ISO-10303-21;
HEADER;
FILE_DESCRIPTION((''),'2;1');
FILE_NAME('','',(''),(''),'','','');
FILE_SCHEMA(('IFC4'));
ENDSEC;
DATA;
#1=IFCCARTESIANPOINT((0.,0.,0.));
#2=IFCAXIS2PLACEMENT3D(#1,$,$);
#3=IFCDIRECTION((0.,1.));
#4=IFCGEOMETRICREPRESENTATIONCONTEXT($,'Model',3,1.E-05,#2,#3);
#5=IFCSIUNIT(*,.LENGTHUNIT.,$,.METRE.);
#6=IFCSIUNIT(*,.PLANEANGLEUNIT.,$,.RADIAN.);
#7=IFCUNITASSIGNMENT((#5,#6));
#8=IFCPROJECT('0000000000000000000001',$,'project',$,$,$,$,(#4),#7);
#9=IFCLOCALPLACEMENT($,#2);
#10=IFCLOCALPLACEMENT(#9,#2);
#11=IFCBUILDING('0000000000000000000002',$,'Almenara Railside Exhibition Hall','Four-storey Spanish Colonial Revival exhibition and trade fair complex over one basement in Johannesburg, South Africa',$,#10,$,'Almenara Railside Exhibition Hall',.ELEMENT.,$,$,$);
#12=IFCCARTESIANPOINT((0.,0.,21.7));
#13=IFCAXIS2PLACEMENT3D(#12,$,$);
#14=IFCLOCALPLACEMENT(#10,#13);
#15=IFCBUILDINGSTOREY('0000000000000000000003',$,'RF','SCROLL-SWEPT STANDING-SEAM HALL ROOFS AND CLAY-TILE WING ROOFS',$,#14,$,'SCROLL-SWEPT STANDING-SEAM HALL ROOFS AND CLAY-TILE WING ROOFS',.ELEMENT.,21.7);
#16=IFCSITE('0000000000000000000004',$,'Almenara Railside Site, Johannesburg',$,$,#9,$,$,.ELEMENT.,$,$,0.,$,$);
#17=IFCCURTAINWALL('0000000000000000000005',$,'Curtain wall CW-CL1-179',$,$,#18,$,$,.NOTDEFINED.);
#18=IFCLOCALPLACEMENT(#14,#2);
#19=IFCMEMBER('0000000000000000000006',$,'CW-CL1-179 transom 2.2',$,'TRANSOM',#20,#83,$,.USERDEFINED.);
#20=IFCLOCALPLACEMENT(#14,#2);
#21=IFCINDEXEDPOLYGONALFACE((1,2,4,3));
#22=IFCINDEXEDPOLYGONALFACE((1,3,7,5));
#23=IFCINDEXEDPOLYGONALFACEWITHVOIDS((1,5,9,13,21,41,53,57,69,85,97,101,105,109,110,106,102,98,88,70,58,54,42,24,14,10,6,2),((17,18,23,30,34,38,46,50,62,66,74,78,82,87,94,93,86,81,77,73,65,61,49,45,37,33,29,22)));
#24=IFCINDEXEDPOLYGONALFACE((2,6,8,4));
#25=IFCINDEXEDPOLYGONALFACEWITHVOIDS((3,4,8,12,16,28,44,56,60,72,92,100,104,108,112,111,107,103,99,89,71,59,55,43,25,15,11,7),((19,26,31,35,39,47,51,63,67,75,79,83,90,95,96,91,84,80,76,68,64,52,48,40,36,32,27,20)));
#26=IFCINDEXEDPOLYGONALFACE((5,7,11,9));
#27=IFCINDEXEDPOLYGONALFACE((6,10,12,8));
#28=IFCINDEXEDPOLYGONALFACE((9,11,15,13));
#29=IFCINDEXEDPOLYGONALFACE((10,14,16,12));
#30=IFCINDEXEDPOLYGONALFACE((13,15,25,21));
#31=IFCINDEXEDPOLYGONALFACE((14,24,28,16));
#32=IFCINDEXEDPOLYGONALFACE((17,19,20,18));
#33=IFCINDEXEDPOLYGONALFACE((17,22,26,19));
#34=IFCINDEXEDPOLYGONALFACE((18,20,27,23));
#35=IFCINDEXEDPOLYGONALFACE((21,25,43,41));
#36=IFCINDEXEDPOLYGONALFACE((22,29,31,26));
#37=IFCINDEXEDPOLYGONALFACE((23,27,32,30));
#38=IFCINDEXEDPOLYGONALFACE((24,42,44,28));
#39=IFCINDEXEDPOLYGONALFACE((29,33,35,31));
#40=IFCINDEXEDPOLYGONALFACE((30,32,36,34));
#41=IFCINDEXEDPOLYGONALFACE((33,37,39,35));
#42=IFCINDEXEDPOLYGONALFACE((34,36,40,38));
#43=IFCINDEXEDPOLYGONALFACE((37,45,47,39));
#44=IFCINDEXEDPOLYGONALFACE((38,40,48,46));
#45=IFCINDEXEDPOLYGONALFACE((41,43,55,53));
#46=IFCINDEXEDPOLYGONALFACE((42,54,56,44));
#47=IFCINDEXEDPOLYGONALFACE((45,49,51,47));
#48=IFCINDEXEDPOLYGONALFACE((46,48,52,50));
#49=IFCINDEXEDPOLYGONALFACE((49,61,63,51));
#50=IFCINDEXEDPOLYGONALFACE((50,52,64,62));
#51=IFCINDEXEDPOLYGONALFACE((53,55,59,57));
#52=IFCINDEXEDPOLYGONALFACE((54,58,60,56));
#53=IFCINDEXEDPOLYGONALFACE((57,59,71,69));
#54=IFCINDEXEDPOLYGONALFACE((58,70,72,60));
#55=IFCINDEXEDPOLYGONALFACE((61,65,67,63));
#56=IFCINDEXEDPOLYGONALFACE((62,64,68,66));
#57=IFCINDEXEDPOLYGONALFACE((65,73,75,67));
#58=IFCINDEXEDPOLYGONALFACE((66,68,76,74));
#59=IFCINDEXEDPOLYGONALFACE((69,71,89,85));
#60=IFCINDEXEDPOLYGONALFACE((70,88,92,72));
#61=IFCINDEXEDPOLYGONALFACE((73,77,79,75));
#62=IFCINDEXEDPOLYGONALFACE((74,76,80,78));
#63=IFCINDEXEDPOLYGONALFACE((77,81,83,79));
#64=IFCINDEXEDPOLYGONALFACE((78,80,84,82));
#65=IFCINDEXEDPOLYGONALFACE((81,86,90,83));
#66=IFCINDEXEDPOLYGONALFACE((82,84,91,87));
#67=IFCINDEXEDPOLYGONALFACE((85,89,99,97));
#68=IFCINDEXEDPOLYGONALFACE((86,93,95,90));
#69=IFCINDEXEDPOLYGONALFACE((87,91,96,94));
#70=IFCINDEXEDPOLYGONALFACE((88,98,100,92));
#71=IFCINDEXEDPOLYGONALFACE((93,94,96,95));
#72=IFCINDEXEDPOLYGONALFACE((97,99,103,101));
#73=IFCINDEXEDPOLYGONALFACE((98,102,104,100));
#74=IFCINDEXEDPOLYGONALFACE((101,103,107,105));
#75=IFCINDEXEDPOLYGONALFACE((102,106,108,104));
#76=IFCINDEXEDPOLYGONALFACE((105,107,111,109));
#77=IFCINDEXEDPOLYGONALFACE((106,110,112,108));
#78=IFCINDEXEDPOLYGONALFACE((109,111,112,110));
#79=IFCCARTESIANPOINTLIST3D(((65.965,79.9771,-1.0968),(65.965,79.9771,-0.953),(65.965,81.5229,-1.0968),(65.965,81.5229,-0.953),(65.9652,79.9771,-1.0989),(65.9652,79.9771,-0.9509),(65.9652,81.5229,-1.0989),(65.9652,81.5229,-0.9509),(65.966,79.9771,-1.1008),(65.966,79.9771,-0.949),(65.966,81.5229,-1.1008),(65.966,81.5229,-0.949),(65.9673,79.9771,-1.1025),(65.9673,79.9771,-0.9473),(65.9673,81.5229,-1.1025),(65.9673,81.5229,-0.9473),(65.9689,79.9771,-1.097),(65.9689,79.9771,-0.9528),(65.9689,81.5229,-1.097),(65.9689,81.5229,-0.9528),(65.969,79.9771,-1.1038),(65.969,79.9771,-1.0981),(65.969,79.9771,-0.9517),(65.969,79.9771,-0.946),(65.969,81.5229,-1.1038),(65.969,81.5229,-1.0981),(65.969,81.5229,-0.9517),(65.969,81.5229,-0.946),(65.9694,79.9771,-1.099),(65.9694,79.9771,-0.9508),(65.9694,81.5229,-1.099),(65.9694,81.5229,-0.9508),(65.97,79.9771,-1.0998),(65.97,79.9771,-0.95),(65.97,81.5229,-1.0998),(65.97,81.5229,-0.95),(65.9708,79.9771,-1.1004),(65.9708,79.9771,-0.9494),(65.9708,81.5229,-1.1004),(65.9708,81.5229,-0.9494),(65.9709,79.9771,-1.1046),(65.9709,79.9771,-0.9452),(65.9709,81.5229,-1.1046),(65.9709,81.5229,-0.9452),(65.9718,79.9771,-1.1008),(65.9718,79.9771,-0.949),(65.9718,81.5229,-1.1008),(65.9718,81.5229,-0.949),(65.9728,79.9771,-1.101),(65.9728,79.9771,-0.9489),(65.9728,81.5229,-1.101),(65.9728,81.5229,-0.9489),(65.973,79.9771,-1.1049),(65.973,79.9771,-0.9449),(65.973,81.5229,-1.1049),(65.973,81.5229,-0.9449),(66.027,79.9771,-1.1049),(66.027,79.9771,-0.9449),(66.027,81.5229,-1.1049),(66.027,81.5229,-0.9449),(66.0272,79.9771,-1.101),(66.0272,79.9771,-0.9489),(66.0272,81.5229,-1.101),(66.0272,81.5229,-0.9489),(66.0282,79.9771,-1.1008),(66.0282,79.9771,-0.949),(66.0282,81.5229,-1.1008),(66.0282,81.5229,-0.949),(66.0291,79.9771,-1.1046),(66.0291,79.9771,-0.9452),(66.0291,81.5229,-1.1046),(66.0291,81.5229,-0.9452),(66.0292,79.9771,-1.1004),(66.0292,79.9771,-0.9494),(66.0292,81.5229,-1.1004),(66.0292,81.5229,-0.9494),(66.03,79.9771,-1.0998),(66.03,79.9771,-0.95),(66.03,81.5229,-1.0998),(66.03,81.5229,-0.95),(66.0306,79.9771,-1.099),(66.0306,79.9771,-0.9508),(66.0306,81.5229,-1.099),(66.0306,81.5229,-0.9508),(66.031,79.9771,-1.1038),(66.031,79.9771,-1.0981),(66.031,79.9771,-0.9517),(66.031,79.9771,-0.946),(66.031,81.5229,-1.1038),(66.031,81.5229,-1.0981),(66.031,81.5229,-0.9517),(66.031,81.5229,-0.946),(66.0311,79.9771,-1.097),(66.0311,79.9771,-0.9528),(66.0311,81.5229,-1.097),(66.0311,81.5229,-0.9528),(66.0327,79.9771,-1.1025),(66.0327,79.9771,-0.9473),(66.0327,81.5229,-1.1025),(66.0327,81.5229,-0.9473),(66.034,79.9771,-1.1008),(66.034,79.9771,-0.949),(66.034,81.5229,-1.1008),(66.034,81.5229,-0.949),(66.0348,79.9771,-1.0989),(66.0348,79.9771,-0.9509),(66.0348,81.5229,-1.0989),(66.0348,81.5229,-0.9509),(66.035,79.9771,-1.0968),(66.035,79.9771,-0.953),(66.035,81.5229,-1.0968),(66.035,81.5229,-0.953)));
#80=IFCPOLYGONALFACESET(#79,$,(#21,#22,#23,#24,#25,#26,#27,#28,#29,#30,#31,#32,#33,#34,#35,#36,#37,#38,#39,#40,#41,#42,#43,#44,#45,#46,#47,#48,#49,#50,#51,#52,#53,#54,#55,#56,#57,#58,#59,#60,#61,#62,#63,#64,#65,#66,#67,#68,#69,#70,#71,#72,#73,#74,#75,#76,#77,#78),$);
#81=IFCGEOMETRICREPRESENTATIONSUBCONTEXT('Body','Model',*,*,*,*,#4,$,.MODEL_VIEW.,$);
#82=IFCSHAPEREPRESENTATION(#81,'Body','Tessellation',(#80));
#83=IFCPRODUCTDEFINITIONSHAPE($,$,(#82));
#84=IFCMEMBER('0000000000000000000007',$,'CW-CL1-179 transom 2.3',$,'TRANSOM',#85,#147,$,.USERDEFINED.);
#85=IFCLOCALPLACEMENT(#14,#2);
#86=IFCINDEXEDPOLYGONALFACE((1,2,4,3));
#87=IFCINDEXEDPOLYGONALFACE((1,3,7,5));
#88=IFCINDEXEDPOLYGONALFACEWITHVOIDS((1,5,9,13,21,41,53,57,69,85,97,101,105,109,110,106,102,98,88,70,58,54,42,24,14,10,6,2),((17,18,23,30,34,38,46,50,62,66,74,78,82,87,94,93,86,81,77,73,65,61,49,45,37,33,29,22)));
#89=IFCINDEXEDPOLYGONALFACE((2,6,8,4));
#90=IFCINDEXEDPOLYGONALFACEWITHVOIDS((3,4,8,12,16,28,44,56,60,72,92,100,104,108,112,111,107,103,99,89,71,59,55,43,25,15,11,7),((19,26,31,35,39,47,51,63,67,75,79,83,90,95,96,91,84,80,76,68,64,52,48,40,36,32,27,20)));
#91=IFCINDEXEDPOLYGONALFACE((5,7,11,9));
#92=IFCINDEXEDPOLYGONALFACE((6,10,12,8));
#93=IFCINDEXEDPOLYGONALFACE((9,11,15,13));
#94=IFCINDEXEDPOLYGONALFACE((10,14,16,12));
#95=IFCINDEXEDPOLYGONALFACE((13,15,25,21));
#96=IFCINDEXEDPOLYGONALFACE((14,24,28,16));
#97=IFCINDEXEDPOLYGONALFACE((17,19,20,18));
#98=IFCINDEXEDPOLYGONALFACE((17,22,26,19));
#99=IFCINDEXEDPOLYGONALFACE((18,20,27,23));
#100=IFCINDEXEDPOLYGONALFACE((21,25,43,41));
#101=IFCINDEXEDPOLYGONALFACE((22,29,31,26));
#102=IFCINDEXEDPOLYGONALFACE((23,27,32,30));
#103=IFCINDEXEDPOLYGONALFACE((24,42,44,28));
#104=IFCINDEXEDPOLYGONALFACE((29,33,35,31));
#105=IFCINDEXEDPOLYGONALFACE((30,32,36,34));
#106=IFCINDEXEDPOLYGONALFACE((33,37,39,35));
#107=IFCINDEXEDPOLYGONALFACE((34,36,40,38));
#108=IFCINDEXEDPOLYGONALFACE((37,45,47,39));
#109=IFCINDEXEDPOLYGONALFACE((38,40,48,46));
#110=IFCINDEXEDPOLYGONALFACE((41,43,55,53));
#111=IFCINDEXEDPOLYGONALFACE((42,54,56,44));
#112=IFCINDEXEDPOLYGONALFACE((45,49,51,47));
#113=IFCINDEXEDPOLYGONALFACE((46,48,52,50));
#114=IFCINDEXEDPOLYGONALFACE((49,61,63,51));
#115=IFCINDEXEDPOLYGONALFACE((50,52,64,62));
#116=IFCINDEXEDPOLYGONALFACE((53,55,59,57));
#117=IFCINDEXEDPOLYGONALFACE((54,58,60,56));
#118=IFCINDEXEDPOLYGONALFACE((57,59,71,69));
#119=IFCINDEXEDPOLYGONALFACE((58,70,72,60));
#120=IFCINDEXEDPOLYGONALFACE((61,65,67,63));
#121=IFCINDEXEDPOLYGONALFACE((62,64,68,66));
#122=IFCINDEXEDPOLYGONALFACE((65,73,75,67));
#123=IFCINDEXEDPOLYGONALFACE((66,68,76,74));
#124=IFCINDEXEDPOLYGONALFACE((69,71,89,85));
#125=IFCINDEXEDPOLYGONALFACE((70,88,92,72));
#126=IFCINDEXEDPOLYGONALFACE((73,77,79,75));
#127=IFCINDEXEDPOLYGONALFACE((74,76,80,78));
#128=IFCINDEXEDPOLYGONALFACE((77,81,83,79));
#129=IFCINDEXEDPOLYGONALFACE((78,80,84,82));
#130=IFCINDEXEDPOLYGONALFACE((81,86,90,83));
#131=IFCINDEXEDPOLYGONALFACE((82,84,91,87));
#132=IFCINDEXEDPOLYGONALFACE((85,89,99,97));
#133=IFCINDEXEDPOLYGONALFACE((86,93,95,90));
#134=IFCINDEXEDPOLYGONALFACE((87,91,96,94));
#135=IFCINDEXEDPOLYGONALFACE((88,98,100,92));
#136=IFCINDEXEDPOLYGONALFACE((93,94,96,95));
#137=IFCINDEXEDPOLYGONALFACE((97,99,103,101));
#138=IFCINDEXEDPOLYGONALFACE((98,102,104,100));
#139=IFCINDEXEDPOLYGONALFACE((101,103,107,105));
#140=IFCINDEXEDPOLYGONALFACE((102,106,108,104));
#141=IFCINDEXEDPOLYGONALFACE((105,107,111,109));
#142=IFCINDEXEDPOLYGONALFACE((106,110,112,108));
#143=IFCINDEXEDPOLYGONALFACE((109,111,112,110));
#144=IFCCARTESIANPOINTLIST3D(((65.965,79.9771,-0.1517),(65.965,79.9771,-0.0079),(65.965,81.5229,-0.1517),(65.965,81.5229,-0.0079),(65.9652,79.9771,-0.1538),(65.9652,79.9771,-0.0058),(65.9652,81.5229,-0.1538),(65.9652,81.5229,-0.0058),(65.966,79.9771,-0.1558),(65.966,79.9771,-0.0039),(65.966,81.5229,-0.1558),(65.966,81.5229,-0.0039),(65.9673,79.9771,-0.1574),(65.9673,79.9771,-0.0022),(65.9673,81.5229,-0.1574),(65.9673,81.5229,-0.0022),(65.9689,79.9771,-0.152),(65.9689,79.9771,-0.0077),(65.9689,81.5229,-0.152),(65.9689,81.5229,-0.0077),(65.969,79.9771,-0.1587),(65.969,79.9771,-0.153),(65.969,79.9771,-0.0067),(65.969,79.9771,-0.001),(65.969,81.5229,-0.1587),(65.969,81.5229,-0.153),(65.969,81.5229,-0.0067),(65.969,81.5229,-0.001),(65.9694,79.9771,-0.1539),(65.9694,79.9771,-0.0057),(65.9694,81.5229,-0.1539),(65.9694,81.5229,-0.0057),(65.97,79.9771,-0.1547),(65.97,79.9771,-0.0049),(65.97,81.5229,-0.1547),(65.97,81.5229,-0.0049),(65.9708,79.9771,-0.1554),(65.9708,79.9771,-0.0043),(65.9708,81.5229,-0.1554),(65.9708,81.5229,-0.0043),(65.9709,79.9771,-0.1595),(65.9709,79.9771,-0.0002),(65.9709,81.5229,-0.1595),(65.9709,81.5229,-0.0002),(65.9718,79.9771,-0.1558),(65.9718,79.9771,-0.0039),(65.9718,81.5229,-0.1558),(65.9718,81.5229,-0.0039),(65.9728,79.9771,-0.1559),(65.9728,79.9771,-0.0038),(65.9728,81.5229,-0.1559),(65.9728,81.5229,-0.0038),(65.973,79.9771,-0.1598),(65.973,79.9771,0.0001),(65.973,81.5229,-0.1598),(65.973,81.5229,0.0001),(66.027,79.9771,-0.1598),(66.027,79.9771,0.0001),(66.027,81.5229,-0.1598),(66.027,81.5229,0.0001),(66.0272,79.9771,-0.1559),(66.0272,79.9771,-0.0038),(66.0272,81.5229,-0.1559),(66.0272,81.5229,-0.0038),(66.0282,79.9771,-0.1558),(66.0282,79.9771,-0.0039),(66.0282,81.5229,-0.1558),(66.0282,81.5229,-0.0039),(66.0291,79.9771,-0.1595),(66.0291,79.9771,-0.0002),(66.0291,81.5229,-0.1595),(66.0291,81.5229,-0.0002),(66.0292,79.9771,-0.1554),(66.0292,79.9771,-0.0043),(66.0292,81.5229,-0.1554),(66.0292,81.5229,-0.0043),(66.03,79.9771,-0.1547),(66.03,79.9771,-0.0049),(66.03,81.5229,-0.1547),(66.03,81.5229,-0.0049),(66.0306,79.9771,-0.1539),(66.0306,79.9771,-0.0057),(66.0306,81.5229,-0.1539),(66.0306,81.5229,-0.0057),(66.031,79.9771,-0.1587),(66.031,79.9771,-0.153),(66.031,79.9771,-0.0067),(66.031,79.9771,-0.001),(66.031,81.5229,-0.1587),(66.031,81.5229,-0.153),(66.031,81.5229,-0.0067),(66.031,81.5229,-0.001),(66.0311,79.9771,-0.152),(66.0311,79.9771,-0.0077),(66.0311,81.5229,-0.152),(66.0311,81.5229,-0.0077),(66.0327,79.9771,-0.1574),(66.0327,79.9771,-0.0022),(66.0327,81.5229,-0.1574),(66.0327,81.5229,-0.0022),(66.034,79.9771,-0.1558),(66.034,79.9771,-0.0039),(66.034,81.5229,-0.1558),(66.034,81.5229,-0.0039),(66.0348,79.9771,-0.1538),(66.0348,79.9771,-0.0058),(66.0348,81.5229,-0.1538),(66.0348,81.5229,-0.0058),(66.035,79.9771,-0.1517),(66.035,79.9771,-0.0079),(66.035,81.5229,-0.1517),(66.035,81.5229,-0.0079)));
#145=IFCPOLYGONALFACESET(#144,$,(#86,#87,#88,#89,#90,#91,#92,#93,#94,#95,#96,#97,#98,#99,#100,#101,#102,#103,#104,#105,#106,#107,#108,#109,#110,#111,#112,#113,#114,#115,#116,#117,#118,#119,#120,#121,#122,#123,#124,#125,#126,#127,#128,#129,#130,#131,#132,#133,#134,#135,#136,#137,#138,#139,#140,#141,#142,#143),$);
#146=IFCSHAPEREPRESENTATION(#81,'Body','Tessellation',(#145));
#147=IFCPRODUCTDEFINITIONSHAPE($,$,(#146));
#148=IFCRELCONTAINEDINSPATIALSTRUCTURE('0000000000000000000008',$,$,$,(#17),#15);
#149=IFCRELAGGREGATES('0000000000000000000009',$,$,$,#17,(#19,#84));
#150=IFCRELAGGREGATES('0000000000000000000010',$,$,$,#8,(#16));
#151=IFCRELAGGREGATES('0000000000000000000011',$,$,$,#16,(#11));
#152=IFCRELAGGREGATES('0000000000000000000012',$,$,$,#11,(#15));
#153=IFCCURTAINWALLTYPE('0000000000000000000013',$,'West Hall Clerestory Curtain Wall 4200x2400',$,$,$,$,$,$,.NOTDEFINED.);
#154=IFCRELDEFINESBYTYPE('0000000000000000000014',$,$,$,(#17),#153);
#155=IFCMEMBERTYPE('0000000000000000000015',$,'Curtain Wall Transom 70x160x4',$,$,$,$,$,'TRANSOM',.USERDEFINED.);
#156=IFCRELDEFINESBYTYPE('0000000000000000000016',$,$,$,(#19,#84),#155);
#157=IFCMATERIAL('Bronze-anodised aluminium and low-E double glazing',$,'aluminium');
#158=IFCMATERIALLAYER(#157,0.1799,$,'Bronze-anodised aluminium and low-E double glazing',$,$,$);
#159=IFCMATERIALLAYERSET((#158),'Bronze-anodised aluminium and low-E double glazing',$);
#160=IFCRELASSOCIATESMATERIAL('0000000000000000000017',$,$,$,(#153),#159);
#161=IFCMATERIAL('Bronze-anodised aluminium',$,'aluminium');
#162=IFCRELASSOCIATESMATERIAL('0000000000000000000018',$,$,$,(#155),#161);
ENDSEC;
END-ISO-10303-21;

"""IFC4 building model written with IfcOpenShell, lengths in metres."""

from ifc_helpers import new_model, si_unit, direction, frame, origin, origin_2d, place, context, subcontext, project, spatial, hollow_rectangle, extrude, material, layer, layer_set, material_profile, profile_set, type_object, element, aggregate, save


model = new_model("IFC4")

# Units and contexts
model_context = context("Model", 3, precision=1e-05, world=origin(), true_north=direction((0.0, 1.0)))
body_context = subcontext(model_context, "Body", "Model", "MODEL_VIEW")
ifc_project = project(units=[si_unit("LENGTHUNIT", "METRE"), si_unit("PLANEANGLEUNIT", "RADIAN")], contexts=[model_context])

# Site, building, storey
site_placement = place(None, origin())
site = spatial("IfcSite", under=ifc_project, at=site_placement, Name="Almenara Railside Site, Johannesburg", CompositionType="ELEMENT", RefElevation=0.0)
building_placement = place(site_placement, origin())
building = spatial("IfcBuilding", under=site, at=building_placement, Name="Almenara Railside Exhibition Hall", Description="Four-storey Spanish Colonial Revival exhibition and trade fair complex over one basement in Johannesburg, South Africa", LongName="Almenara Railside Exhibition Hall", CompositionType="ELEMENT")
storey_placement = place(building_placement, frame((0.0, 0.0, 21.7)))
storey = spatial("IfcBuildingStorey", under=building, at=storey_placement, Name="RF", Description="SCROLL-SWEPT STANDING-SEAM HALL ROOFS AND CLAY-TILE WING ROOFS", LongName="SCROLL-SWEPT STANDING-SEAM HALL ROOFS AND CLAY-TILE WING ROOFS", CompositionType="ELEMENT", Elevation=21.7)

# Curtain wall
ifc_material_1 = material(Name="Bronze-anodised aluminium and low-E double glazing", Category="aluminium")
ifc_layer_1 = layer(ifc_material_1, 0.1799, Name="Bronze-anodised aluminium and low-E double glazing")
ifc_layer_set_1 = layer_set([ifc_layer_1], Name="Bronze-anodised aluminium and low-E double glazing")
curtain_wall_type = type_object("IfcCurtainWallType", Name="West Hall Clerestory Curtain Wall 4200x2400", PredefinedType="NOTDEFINED", material=ifc_layer_set_1)
ifc_material_2 = material(Name="Bronze-anodised aluminium", Category="aluminium")
curtain_wall_1_placement = place(storey_placement, origin())
curtain_wall_1 = element("IfcCurtainWall", 1, at=curtain_wall_1_placement, inside=storey, type_object=curtain_wall_type, Name="Curtain wall CW-CL1-179", PredefinedType="NOTDEFINED")

# Members
ifc_material_profile_1 = material_profile(ifc_material_2, hollow_rectangle(XDim=0.0701, YDim=0.1599, WallThickness=0.0039, InnerFilletRadius=0.0039, OuterFilletRadius=0.0081, at=origin_2d()), Name="ALU-TRN 70x160x4")
ifc_profile_set_1 = profile_set([ifc_material_profile_1], Name="Bronze-anodised aluminium")
member_type_1 = type_object("IfcMemberType", Name="Curtain Wall Transom 70x160x4", ElementType="TRANSOM", PredefinedType="USERDEFINED", material=ifc_profile_set_1)
member_1_placement = place(storey_placement, frame((66.0, 79.9771, -1.0249), z_axis=(0.0, 1.0, 0.0), x_axis=(-1.0, 0.0, 0.0)))
member_1 = element("IfcMember", 2, at=member_1_placement, type_object=member_type_1, Name="CW-CL1-179 transom 2.2", ObjectType="TRANSOM", PredefinedType="USERDEFINED", context=body_context, shape_type="SweptSolid", body=[
    extrude(hollow_rectangle(XDim=0.0701, YDim=0.1599, WallThickness=0.0039, InnerFilletRadius=0.0039, OuterFilletRadius=0.0081, at=origin_2d()), origin(), (0.0, 0.0, 1.0), 1.5459),
])
member_2_placement = place(storey_placement, frame((66.0, 79.9771, -0.0798), z_axis=(0.0, 1.0, 0.0), x_axis=(-1.0, 0.0, 0.0)))
member_2 = element("IfcMember", 3, at=member_2_placement, type_object=member_type_1, Name="CW-CL1-179 transom 2.3", ObjectType="TRANSOM", PredefinedType="USERDEFINED", context=body_context, shape_type="SweptSolid", body=[
    extrude(hollow_rectangle(XDim=0.0701, YDim=0.1599, WallThickness=0.0039, InnerFilletRadius=0.0039, OuterFilletRadius=0.0081, at=origin_2d()), origin(), (0.0, 0.0, 1.0), 1.5459),
])

aggregate(curtain_wall_1, [member_1, member_2])

save(model, "model.ifc")
